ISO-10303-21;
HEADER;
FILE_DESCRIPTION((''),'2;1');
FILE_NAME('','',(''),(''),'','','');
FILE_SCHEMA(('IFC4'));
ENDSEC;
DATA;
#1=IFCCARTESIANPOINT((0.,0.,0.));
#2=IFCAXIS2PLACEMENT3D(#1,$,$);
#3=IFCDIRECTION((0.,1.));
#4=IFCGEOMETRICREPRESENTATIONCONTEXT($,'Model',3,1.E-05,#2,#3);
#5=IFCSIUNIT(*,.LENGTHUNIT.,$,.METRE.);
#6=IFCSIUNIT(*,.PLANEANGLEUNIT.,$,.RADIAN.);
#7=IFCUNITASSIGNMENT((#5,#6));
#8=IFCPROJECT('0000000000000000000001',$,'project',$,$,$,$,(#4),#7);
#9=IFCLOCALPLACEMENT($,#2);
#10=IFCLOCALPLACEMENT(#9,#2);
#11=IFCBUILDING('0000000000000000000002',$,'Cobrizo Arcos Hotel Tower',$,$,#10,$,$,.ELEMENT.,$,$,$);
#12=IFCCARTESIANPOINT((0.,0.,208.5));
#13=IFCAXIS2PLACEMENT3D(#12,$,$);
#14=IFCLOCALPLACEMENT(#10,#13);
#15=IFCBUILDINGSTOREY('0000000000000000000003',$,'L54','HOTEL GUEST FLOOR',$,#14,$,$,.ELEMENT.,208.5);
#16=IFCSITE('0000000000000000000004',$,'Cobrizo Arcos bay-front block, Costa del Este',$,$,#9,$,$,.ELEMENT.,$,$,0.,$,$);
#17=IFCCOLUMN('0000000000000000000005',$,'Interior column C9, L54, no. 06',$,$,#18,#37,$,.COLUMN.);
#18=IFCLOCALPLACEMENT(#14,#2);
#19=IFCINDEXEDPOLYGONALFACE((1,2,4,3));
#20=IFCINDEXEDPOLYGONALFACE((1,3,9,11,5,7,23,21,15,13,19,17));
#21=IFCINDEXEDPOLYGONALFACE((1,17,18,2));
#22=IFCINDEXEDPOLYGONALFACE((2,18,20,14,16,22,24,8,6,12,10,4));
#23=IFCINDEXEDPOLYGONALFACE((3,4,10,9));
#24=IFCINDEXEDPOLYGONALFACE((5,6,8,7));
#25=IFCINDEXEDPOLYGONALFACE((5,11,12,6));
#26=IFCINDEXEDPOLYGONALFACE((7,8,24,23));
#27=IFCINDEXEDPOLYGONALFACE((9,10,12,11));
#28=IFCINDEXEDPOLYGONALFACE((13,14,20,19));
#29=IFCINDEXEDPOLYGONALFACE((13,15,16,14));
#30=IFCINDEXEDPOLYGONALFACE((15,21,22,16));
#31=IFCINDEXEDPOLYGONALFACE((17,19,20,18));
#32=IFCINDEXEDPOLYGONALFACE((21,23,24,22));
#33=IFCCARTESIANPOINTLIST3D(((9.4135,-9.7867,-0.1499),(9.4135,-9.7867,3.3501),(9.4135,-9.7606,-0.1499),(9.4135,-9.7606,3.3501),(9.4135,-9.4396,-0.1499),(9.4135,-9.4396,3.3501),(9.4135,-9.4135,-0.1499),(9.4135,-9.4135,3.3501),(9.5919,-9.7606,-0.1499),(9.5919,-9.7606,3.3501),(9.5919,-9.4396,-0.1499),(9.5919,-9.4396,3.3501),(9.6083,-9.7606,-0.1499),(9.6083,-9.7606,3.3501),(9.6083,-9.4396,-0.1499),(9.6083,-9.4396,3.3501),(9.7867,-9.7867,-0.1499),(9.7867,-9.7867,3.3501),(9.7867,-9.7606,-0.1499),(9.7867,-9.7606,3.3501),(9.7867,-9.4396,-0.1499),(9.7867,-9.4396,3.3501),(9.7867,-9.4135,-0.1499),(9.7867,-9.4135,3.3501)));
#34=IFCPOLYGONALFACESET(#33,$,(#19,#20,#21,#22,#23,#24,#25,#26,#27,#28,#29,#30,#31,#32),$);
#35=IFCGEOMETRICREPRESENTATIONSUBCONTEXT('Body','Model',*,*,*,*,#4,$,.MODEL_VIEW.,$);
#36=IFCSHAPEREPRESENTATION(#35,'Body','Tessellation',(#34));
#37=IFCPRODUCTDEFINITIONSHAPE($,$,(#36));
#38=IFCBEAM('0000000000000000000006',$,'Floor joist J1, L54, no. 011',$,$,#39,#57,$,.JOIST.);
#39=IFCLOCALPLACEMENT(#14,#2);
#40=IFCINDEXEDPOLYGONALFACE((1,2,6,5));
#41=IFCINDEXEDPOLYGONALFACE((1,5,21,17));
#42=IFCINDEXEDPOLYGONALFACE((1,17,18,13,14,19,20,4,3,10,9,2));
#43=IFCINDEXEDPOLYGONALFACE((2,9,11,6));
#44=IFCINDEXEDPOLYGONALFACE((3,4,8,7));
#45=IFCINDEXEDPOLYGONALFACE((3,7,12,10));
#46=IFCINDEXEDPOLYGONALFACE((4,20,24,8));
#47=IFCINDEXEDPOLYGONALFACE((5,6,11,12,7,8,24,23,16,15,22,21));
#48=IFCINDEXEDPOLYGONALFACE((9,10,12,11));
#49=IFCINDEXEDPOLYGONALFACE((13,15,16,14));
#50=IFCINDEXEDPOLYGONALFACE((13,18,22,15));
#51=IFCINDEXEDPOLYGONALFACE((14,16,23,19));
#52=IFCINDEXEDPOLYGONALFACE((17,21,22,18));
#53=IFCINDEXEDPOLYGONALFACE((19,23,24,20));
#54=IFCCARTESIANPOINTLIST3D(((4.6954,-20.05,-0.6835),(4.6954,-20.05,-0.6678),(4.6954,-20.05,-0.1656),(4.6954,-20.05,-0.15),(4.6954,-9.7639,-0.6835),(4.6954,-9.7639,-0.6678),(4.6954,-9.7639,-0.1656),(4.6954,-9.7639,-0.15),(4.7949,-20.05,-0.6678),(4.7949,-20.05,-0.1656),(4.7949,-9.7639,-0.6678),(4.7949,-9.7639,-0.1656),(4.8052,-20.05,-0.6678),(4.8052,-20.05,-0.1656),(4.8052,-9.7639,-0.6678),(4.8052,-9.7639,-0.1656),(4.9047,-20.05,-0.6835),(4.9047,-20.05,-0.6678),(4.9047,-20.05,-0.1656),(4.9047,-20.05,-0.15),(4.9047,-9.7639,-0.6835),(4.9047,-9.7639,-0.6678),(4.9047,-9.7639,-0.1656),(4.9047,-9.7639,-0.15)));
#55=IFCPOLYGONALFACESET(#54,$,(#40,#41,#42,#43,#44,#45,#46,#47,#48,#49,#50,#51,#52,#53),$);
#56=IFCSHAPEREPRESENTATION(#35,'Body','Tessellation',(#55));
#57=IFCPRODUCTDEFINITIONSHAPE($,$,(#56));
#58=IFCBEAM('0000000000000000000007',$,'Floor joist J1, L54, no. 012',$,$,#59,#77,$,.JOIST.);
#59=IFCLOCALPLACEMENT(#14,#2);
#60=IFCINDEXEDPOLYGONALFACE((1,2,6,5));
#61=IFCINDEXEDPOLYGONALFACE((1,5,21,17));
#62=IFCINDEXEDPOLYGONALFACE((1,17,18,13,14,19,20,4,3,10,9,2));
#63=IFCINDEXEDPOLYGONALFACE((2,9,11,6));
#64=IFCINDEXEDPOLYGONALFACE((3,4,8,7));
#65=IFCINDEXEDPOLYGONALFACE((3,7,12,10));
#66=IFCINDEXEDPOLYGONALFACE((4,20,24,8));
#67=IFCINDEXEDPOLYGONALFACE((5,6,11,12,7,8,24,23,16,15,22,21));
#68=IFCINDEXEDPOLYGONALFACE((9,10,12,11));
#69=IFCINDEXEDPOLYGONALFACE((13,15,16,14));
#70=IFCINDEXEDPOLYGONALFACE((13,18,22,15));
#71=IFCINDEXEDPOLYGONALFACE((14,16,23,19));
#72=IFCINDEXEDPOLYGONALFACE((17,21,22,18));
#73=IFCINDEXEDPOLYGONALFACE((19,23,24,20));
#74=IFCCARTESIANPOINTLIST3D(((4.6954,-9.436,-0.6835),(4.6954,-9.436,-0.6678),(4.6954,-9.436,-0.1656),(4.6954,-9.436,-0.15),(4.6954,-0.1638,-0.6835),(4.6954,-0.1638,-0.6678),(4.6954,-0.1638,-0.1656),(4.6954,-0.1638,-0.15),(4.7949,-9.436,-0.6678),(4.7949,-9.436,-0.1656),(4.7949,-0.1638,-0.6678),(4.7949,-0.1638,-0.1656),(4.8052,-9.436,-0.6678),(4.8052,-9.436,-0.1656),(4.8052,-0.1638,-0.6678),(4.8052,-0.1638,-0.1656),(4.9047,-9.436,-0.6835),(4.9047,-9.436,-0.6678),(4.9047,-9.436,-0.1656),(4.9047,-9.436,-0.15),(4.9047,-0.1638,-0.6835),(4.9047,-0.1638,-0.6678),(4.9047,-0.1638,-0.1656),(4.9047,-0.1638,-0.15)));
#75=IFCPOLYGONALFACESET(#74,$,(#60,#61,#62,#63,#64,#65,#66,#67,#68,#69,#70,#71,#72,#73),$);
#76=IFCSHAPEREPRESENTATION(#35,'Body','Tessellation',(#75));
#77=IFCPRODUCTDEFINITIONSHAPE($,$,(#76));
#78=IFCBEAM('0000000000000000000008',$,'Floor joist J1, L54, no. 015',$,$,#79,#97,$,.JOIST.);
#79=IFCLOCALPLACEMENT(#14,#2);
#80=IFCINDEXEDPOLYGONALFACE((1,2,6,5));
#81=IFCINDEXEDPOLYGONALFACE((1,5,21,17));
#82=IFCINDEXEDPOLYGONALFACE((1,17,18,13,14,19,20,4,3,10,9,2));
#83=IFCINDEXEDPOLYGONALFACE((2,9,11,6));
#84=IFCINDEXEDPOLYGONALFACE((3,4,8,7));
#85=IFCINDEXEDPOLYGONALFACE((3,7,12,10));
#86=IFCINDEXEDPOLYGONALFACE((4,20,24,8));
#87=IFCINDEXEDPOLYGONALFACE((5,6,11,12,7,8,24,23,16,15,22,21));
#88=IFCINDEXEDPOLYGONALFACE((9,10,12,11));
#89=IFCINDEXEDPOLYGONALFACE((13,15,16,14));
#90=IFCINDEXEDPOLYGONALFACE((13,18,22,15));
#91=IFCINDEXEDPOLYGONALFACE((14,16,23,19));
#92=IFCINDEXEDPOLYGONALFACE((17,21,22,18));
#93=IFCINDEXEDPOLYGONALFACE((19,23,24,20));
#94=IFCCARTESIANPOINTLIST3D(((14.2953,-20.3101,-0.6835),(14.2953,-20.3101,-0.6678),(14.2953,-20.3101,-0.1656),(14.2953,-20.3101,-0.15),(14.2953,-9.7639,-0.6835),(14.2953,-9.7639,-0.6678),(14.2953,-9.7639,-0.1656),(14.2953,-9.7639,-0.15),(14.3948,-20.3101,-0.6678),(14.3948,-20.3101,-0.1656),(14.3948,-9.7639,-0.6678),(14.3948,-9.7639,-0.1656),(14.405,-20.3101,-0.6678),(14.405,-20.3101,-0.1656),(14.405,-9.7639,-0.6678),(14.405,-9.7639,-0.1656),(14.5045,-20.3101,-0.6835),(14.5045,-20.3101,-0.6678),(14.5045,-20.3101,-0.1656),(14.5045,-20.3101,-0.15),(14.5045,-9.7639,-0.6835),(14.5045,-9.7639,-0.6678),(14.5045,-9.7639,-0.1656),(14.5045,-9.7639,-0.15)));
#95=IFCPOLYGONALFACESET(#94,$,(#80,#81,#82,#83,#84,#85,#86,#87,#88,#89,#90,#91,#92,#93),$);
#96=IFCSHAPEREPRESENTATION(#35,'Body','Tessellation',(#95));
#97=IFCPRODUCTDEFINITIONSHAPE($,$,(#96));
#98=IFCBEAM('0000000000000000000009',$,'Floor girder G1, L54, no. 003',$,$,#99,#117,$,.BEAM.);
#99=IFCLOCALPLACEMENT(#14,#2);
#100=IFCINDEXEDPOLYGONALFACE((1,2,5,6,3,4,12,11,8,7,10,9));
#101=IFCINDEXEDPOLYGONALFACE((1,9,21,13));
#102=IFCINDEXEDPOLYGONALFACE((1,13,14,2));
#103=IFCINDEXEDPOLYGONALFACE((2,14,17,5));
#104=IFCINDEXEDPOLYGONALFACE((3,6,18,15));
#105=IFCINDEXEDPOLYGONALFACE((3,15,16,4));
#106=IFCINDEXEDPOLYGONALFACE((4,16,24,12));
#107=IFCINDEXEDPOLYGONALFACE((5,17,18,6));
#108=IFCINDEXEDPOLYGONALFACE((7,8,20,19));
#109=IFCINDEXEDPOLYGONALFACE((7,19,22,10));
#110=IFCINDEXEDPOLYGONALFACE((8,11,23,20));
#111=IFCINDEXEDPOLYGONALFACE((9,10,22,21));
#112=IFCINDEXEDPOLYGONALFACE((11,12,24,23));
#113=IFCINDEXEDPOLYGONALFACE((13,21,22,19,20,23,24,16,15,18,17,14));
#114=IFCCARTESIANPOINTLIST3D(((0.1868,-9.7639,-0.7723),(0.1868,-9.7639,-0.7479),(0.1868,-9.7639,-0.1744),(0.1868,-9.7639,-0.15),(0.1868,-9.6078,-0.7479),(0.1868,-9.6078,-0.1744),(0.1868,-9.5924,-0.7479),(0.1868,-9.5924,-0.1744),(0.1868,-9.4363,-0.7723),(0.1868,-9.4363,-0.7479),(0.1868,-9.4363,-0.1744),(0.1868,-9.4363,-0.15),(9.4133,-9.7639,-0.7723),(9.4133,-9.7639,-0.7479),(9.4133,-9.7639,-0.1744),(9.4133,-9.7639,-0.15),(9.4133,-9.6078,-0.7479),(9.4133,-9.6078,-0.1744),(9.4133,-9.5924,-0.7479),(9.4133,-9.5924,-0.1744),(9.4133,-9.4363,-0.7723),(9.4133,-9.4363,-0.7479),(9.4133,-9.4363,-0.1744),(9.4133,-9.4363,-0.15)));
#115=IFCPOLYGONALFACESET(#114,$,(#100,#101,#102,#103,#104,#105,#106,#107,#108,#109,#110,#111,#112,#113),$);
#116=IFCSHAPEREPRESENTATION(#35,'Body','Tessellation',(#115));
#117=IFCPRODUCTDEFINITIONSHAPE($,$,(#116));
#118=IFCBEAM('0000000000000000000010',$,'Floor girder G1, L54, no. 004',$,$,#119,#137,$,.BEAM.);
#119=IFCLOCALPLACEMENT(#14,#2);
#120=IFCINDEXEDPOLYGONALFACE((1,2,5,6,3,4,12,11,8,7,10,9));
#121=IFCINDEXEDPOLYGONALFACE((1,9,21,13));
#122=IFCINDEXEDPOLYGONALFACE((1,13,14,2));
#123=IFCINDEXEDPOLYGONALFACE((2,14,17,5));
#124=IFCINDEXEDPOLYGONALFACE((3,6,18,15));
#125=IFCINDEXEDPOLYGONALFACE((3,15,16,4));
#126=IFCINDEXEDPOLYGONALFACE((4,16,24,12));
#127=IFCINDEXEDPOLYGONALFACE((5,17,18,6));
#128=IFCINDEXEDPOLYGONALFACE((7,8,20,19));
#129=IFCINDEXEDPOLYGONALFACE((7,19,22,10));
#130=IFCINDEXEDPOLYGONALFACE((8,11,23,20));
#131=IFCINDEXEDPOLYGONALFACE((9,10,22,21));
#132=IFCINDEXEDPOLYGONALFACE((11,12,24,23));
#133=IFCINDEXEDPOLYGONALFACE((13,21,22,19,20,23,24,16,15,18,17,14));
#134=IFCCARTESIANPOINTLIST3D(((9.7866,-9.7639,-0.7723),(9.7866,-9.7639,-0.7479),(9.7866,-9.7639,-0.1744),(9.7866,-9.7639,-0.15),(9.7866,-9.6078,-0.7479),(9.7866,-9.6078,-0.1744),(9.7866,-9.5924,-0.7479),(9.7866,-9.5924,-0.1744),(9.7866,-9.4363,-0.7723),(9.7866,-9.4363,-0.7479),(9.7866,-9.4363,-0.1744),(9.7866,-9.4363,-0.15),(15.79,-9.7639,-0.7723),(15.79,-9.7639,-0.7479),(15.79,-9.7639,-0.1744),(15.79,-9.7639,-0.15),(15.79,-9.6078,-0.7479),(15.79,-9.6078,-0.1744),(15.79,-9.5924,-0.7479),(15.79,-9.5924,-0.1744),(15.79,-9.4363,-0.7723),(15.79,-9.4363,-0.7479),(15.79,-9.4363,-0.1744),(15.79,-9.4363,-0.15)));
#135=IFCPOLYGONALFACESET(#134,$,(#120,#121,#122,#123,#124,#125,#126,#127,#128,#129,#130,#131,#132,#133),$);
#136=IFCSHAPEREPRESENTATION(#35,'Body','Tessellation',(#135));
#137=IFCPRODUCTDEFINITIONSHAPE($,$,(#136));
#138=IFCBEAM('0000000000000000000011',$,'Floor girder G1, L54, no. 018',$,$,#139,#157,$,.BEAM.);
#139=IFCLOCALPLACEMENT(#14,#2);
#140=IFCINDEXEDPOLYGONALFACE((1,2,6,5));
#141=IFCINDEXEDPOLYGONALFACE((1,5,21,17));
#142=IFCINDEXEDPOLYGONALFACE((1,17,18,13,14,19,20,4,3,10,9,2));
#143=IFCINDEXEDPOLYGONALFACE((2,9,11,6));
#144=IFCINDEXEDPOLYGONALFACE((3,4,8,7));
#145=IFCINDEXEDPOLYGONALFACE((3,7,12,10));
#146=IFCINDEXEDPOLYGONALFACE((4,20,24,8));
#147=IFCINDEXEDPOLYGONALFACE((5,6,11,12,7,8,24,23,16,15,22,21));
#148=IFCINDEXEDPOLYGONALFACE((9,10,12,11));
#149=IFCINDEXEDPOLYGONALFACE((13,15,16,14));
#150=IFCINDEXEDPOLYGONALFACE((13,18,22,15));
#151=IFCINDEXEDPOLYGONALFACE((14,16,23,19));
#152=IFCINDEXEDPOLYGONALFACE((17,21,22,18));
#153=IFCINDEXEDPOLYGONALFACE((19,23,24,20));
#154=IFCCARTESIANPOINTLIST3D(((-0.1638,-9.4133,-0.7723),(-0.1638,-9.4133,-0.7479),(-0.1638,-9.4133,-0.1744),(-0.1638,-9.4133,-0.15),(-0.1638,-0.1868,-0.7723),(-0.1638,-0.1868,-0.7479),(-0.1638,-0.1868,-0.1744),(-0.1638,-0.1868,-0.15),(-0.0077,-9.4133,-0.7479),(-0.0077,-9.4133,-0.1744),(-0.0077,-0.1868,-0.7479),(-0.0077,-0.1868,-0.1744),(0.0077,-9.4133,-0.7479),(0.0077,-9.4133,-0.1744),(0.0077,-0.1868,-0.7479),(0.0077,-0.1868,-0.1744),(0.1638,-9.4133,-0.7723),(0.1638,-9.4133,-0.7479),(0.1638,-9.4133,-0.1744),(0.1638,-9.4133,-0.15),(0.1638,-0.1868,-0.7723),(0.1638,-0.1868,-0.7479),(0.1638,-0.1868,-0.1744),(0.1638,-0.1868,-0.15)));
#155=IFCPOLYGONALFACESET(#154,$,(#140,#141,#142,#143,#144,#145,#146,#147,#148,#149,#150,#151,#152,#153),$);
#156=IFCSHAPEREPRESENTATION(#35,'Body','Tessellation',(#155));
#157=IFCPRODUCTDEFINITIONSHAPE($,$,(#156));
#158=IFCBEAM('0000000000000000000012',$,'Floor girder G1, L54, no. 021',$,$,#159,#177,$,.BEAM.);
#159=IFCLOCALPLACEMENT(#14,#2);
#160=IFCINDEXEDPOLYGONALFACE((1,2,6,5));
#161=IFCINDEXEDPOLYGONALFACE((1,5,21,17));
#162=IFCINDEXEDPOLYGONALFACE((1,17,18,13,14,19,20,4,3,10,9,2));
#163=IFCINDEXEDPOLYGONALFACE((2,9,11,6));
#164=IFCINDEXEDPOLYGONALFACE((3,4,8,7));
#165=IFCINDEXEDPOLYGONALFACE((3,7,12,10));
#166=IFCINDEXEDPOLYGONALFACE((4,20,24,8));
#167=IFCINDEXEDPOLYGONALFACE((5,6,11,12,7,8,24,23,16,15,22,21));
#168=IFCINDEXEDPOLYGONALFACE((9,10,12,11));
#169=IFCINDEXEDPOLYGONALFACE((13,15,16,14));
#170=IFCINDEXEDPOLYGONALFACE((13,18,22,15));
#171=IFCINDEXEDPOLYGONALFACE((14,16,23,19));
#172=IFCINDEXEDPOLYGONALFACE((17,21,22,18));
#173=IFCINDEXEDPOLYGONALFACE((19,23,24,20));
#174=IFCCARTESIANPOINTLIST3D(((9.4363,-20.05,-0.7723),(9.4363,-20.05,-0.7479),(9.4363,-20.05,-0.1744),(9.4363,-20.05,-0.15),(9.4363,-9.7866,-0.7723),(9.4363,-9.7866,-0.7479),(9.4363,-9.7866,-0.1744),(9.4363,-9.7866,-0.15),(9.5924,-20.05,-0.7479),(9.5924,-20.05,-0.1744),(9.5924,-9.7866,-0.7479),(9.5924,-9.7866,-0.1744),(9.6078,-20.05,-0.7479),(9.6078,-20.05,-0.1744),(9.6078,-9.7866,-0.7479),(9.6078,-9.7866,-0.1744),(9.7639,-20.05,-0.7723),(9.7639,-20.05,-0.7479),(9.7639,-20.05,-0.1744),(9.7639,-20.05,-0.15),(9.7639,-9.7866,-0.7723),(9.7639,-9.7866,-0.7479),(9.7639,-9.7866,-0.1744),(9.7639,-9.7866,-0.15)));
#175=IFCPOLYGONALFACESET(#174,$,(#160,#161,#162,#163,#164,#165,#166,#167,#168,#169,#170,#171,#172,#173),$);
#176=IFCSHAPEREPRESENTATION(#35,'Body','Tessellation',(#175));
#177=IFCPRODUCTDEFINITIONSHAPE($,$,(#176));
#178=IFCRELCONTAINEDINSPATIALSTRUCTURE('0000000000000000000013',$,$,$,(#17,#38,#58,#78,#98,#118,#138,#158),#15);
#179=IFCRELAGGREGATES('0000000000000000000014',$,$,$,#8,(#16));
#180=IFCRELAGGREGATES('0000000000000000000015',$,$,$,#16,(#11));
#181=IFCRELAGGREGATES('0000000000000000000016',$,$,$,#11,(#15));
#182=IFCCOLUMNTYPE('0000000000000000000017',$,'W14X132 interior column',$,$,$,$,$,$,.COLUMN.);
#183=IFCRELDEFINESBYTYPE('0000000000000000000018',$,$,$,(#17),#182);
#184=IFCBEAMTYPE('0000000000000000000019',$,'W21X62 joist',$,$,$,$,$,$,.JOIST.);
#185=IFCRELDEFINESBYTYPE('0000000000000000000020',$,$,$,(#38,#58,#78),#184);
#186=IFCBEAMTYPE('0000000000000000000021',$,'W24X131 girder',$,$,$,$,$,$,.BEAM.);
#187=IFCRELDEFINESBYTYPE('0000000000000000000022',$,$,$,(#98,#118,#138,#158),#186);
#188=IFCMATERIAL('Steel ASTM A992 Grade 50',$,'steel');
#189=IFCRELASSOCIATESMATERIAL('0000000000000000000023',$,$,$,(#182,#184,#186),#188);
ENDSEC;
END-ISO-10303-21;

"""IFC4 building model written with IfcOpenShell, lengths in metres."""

from ifc_helpers import new_model, si_unit, direction, frame, origin, origin_2d, place, context, subcontext, project, spatial, i_section, extrude, material, material_profile, profile_set, type_object, element, save


model = new_model("IFC4")

# Units and contexts
model_context = context("Model", 3, precision=1e-05, world=origin(), true_north=direction((0.0, 1.0)))
body_context = subcontext(model_context, "Body", "Model", "MODEL_VIEW")
ifc_project = project(units=[si_unit("LENGTHUNIT", "METRE"), si_unit("PLANEANGLEUNIT", "RADIAN")], contexts=[model_context])

# Site, building, storey
site_placement = place(None, origin())
site = spatial("IfcSite", under=ifc_project, at=site_placement, Name="Cobrizo Arcos bay-front block, Costa del Este", CompositionType="ELEMENT", RefElevation=0.0)
building_placement = place(site_placement, origin())
building = spatial("IfcBuilding", under=site, at=building_placement, Name="Cobrizo Arcos Hotel Tower", CompositionType="ELEMENT")
storey_placement = place(building_placement, frame((0.0, 0.0, 208.5)))
storey = spatial("IfcBuildingStorey", under=building, at=storey_placement, Name="L54", Description="HOTEL GUEST FLOOR", CompositionType="ELEMENT", Elevation=208.5)

# Column
ifc_material_1 = material(Name="Steel ASTM A992 Grade 50", Category="steel")
ifc_material_profile_1 = material_profile(ifc_material_1, i_section(OverallWidth=0.3733, OverallDepth=0.3733, WebThickness=0.0164, FlangeThickness=0.0261, at=origin_2d()), Name="W14X132")
ifc_profile_set_1 = profile_set([ifc_material_profile_1], Name="Steel ASTM A992 Grade 50")
column_type = type_object("IfcColumnType", Name="W14X132 interior column", PredefinedType="COLUMN", material=ifc_profile_set_1)
column_placement = place(storey_placement, frame((9.6001, -9.6001, -0.1499), z_axis=(0.0, 0.0, 1.0), x_axis=(1.0, 0.0, 0.0)))
element("IfcColumn", 1, at=column_placement, inside=storey, type_object=column_type, Name="Interior column C9, L54, no. 06", PredefinedType="COLUMN", context=body_context, shape_type="SweptSolid", body=[
    extrude(i_section(OverallWidth=0.3733, OverallDepth=0.3733, WebThickness=0.0164, FlangeThickness=0.0261, at=origin_2d()), origin(), (0.0, 0.0, 1.0), 3.5),
])

# Beams
ifc_material_profile_2 = material_profile(ifc_material_1, i_section(OverallWidth=0.2092, OverallDepth=0.5334, WebThickness=0.0103, FlangeThickness=0.0156, at=origin_2d()), Name="W21X62")
ifc_profile_set_2 = profile_set([ifc_material_profile_2], Name="Steel ASTM A992 Grade 50")
beam_type_1 = type_object("IfcBeamType", Name="W21X62 joist", PredefinedType="JOIST", material=ifc_profile_set_2)
beam_1_placement = place(storey_placement, frame((4.8, -20.05, -0.4167), z_axis=(0.0, 1.0, 0.0), x_axis=(-1.0, 0.0, 0.0)))
element("IfcBeam", 2, at=beam_1_placement, inside=storey, type_object=beam_type_1, Name="Floor joist J1, L54, no. 011", PredefinedType="JOIST", context=body_context, shape_type="SweptSolid", body=[
    extrude(i_section(OverallWidth=0.2092, OverallDepth=0.5334, WebThickness=0.0103, FlangeThickness=0.0156, at=origin_2d()), origin(), (0.0, 0.0, 1.0), 10.2861),
])
beam_2_placement = place(storey_placement, frame((4.8, -9.436, -0.4167), z_axis=(0.0, 1.0, 0.0), x_axis=(-1.0, 0.0, 0.0)))
element("IfcBeam", 3, at=beam_2_placement, inside=storey, type_object=beam_type_1, Name="Floor joist J1, L54, no. 012", PredefinedType="JOIST", context=body_context, shape_type="SweptSolid", body=[
    extrude(i_section(OverallWidth=0.2092, OverallDepth=0.5334, WebThickness=0.0103, FlangeThickness=0.0156, at=origin_2d()), origin(), (0.0, 0.0, 1.0), 9.2722),
])
beam_3_placement = place(storey_placement, frame((14.3999, -20.3101, -0.4167), z_axis=(0.0, 1.0, 0.0), x_axis=(-1.0, 0.0, 0.0)))
element("IfcBeam", 4, at=beam_3_placement, inside=storey, type_object=beam_type_1, Name="Floor joist J1, L54, no. 015", PredefinedType="JOIST", context=body_context, shape_type="SweptSolid", body=[
    extrude(i_section(OverallWidth=0.2092, OverallDepth=0.5334, WebThickness=0.0103, FlangeThickness=0.0156, at=origin_2d()), origin(), (0.0, 0.0, 1.0), 10.5461),
])
ifc_material_profile_3 = material_profile(ifc_material_1, i_section(OverallWidth=0.3276, OverallDepth=0.6223, WebThickness=0.0154, FlangeThickness=0.0244, at=origin_2d()), Name="W24X131")
ifc_profile_set_3 = profile_set([ifc_material_profile_3], Name="Steel ASTM A992 Grade 50")
beam_type_2 = type_object("IfcBeamType", Name="W24X131 girder", PredefinedType="BEAM", material=ifc_profile_set_3)
beam_4_placement = place(storey_placement, frame((0.1868, -9.6001, -0.4612), z_axis=(1.0, 0.0, 0.0), x_axis=(0.0, 1.0, 0.0)))
element("IfcBeam", 5, at=beam_4_placement, inside=storey, type_object=beam_type_2, Name="Floor girder G1, L54, no. 003", PredefinedType="BEAM", context=body_context, shape_type="SweptSolid", body=[
    extrude(i_section(OverallWidth=0.3276, OverallDepth=0.6223, WebThickness=0.0154, FlangeThickness=0.0244, at=origin_2d()), origin(), (0.0, 0.0, 1.0), 9.2266),
])
beam_5_placement = place(storey_placement, frame((9.7866, -9.6001, -0.4612), z_axis=(1.0, 0.0, 0.0), x_axis=(0.0, 1.0, 0.0)))
element("IfcBeam", 6, at=beam_5_placement, inside=storey, type_object=beam_type_2, Name="Floor girder G1, L54, no. 004", PredefinedType="BEAM", context=body_context, shape_type="SweptSolid", body=[
    extrude(i_section(OverallWidth=0.3276, OverallDepth=0.6223, WebThickness=0.0154, FlangeThickness=0.0244, at=origin_2d()), origin(), (0.0, 0.0, 1.0), 6.0034),
])
beam_6_placement = place(storey_placement, frame((0.0, -9.4133, -0.4612), z_axis=(0.0, 1.0, 0.0), x_axis=(-1.0, 0.0, 0.0)))
element("IfcBeam", 7, at=beam_6_placement, inside=storey, type_object=beam_type_2, Name="Floor girder G1, L54, no. 018", PredefinedType="BEAM", context=body_context, shape_type="SweptSolid", body=[
    extrude(i_section(OverallWidth=0.3276, OverallDepth=0.6223, WebThickness=0.0154, FlangeThickness=0.0244, at=origin_2d()), origin(), (0.0, 0.0, 1.0), 9.2266),
])
beam_7_placement = place(storey_placement, frame((9.6001, -20.05, -0.4612), z_axis=(0.0, 1.0, 0.0), x_axis=(-1.0, 0.0, 0.0)))
element("IfcBeam", 8, at=beam_7_placement, inside=storey, type_object=beam_type_2, Name="Floor girder G1, L54, no. 021", PredefinedType="BEAM", context=body_context, shape_type="SweptSolid", body=[
    extrude(i_section(OverallWidth=0.3276, OverallDepth=0.6223, WebThickness=0.0154, FlangeThickness=0.0244, at=origin_2d()), origin(), (0.0, 0.0, 1.0), 10.2634),
])

save(model, "model.ifc")
